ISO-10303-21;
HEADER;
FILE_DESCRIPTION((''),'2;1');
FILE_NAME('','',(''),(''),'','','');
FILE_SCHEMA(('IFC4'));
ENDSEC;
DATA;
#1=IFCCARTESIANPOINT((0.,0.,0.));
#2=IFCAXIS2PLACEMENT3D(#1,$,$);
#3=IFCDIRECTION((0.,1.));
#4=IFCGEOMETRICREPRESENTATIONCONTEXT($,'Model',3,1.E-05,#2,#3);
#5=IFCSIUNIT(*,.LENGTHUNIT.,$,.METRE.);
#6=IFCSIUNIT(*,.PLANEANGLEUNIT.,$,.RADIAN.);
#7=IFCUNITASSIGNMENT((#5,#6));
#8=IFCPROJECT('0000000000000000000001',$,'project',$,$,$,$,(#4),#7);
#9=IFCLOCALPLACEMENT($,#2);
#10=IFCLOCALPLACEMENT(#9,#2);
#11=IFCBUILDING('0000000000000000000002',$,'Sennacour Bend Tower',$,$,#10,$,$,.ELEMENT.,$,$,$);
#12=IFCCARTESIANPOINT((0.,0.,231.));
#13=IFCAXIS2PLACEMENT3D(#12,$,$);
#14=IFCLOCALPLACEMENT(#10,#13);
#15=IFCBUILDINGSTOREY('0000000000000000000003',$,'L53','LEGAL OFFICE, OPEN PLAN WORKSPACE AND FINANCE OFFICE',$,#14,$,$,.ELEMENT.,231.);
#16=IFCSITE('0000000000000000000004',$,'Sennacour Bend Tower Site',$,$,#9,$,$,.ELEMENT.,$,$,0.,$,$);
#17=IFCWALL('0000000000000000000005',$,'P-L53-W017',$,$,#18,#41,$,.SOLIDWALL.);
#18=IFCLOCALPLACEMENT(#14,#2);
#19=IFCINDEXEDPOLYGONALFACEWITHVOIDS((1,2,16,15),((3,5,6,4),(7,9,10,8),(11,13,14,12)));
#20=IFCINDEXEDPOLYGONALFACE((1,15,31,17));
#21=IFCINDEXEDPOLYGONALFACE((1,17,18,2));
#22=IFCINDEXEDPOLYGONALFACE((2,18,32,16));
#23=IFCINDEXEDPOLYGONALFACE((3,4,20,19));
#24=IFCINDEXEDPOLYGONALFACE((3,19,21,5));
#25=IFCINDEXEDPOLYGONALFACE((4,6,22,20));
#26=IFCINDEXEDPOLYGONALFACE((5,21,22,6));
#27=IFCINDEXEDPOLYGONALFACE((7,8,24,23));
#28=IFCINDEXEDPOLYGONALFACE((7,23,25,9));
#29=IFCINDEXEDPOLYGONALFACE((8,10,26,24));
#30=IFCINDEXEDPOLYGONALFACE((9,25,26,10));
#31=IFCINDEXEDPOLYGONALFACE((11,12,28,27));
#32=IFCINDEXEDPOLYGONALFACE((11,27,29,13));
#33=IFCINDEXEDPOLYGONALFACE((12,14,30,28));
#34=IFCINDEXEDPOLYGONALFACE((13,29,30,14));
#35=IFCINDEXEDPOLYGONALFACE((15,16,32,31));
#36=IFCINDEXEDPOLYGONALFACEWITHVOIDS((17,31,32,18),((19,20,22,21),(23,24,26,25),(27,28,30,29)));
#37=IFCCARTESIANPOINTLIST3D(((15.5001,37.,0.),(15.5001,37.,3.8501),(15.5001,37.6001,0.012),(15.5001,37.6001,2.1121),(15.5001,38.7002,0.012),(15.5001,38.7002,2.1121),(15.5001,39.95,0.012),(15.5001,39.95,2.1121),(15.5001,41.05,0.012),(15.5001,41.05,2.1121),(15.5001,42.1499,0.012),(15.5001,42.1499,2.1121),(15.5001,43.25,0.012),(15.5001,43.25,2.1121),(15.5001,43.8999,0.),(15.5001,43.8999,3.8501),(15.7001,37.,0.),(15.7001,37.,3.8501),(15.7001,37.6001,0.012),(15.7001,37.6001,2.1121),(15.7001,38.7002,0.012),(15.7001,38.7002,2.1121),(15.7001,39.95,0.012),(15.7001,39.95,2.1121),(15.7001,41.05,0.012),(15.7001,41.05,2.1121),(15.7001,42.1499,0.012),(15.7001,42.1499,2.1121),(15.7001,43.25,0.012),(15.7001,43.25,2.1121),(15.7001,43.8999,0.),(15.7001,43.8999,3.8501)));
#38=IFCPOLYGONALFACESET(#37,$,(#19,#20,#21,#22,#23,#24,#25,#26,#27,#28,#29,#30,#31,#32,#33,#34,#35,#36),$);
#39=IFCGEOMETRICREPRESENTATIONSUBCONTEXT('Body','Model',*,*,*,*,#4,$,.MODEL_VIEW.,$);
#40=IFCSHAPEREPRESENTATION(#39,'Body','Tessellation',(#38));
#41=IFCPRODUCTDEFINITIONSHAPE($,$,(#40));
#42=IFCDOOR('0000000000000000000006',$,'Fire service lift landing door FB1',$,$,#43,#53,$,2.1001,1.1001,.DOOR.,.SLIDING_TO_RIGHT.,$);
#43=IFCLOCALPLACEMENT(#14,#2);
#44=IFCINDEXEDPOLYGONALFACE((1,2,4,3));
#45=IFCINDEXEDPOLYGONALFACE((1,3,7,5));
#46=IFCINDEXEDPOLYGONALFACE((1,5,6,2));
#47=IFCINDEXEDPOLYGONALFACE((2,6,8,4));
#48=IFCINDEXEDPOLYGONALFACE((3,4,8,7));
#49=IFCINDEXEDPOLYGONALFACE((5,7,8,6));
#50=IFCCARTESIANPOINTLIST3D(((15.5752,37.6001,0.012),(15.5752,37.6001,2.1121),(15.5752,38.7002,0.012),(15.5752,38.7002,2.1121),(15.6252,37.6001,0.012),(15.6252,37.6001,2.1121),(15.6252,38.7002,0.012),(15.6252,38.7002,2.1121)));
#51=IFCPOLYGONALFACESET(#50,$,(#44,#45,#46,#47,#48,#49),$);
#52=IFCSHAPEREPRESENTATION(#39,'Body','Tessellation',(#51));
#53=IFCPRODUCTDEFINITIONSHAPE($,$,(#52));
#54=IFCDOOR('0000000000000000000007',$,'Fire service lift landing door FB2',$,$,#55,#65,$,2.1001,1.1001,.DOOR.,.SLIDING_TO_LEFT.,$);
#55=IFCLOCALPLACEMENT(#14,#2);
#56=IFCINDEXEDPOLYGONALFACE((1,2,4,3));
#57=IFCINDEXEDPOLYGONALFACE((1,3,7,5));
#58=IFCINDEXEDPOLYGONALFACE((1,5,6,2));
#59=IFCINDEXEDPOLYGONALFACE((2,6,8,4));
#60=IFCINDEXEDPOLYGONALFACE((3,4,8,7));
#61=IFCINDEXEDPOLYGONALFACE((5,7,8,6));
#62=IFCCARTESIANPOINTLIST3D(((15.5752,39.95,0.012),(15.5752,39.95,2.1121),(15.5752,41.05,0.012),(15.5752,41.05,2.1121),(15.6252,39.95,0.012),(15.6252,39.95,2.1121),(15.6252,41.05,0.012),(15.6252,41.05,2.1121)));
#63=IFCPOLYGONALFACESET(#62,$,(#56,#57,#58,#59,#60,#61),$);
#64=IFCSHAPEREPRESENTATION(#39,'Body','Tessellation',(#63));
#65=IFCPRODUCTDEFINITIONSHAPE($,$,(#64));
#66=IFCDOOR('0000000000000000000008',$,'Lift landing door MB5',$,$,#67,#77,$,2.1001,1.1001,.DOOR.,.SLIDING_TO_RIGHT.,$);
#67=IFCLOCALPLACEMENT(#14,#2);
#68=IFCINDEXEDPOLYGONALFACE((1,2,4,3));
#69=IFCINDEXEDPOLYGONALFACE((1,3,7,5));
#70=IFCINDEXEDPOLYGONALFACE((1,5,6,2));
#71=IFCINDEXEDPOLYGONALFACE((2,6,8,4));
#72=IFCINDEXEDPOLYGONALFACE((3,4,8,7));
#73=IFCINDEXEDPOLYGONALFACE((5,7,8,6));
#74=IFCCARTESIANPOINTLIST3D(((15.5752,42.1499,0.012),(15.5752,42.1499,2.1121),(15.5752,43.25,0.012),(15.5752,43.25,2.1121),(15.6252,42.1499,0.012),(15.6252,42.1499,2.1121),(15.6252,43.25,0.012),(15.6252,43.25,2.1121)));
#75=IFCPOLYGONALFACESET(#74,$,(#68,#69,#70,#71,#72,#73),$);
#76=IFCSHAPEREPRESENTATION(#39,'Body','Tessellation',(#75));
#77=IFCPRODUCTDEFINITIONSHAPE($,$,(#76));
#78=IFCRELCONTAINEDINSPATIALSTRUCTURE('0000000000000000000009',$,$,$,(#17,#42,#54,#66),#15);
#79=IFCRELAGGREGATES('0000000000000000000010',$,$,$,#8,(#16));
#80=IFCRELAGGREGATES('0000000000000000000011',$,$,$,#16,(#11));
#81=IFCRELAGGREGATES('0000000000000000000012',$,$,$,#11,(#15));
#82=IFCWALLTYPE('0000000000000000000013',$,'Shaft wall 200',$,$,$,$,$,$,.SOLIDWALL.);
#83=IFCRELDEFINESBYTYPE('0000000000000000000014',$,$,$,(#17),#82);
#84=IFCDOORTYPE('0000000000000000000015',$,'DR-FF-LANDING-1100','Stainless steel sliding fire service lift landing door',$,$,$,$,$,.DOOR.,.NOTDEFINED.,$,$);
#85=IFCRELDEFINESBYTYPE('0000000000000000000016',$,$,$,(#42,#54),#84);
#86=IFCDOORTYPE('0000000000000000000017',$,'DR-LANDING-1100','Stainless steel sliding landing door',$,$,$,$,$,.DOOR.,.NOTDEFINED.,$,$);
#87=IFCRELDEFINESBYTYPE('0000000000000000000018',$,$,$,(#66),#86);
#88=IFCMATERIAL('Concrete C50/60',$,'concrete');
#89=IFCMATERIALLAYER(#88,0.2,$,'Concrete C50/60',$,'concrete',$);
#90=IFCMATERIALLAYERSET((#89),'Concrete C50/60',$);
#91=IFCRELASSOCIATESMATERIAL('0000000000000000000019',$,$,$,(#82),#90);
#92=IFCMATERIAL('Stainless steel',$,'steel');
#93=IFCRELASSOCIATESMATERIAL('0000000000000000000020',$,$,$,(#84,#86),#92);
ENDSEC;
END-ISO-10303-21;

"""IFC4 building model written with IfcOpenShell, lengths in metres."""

from ifc_helpers import new_model, si_unit, direction, frame, frame_2d, origin, place, context, subcontext, project, spatial, rectangle, extrude, material, layer, layer_set, type_object, element, fill, save


model = new_model("IFC4")

# Units and contexts
model_context = context("Model", 3, precision=1e-05, world=origin(), true_north=direction((0.0, 1.0)))
body_context = subcontext(model_context, "Body", "Model", "MODEL_VIEW")
ifc_project = project(units=[si_unit("LENGTHUNIT", "METRE"), si_unit("PLANEANGLEUNIT", "RADIAN")], contexts=[model_context])

# Site, building, storey
site_placement = place(None, origin())
site = spatial("IfcSite", under=ifc_project, at=site_placement, Name="Sennacour Bend Tower Site", CompositionType="ELEMENT", RefElevation=0.0)
building_placement = place(site_placement, origin())
building = spatial("IfcBuilding", under=site, at=building_placement, Name="Sennacour Bend Tower", CompositionType="ELEMENT")
storey_placement = place(building_placement, frame((0.0, 0.0, 231.0)))
storey = spatial("IfcBuildingStorey", under=building, at=storey_placement, Name="L53", Description="LEGAL OFFICE, OPEN PLAN WORKSPACE AND FINANCE OFFICE", CompositionType="ELEMENT", Elevation=231.0)

# Wall, openings, doors
ifc_material_1 = material(Name="Concrete C50/60", Category="concrete")
ifc_layer_1 = layer(ifc_material_1, 0.2, Name="Concrete C50/60", Category="concrete")
ifc_layer_set_1 = layer_set([ifc_layer_1], Name="Concrete C50/60")
wall_type_1 = type_object("IfcWallType", Name="Shaft wall 200", PredefinedType="SOLIDWALL", material=ifc_layer_set_1)
wall_1_placement = place(storey_placement, frame((15.6001, 37.0, 0.0), z_axis=(0.0, 0.0, 1.0), x_axis=(0.0, 1.0, 0.0)))
wall_1 = element("IfcWall", 1, at=wall_1_placement, inside=storey, type_object=wall_type_1, Name="P-L53-W017", PredefinedType="SOLIDWALL", context=body_context, shape_type="SweptSolid", body=[
    extrude(rectangle(XDim=6.8999, YDim=0.2, at=frame_2d((3.45, 0.0))), origin(), (0.0, 0.0, 1.0), 3.8501),
])
opening_1_placement = place(wall_1_placement, frame((0.6001, 0.0, 0.012)))
opening_1 = element("IfcOpeningElement", 2, at=opening_1_placement, cuts=wall_1, PredefinedType="OPENING", context=body_context, shape_type="SweptSolid", body=[
    extrude(rectangle(XDim=1.1001, YDim=2.1001, at=frame_2d((0.55, 1.05))), frame((0.0, 0.1099, 0.0), z_axis=(0.0, -1.0, 0.0), x_axis=(1.0, 0.0, 0.0)), (0.0, 0.0, 1.0), 0.22),
])
opening_2_placement = place(wall_1_placement, frame((2.95, 0.0, 0.012)))
opening_2 = element("IfcOpeningElement", 3, at=opening_2_placement, cuts=wall_1, PredefinedType="OPENING", context=body_context, shape_type="SweptSolid", body=[
    extrude(rectangle(XDim=1.1001, YDim=2.1001, at=frame_2d((0.55, 1.05))), frame((0.0, 0.1099, 0.0), z_axis=(0.0, -1.0, 0.0), x_axis=(1.0, 0.0, 0.0)), (0.0, 0.0, 1.0), 0.22),
])
opening_3_placement = place(wall_1_placement, frame((5.1499, 0.0, 0.012)))
opening_3 = element("IfcOpeningElement", 4, at=opening_3_placement, cuts=wall_1, PredefinedType="OPENING", context=body_context, shape_type="SweptSolid", body=[
    extrude(rectangle(XDim=1.1001, YDim=2.1001, at=frame_2d((0.55, 1.05))), frame((0.0, 0.1099, 0.0), z_axis=(0.0, -1.0, 0.0), x_axis=(1.0, 0.0, 0.0)), (0.0, 0.0, 1.0), 0.22),
])
ifc_material_2 = material(Name="Stainless steel", Category="steel")
door_type_1 = type_object("IfcDoorType", Name="DR-FF-LANDING-1100", Description="Stainless steel sliding fire service lift landing door", OperationType="NOTDEFINED", PredefinedType="DOOR", material=ifc_material_2)
door_1_placement = place(opening_1_placement, origin())
door_1 = element("IfcDoor", 5, at=door_1_placement, inside=storey, type_object=door_type_1, Name="Fire service lift landing door FB1", OperationType="SLIDING_TO_RIGHT", OverallHeight=2.1001, OverallWidth=1.1001, PredefinedType="DOOR", context=body_context, shape_type="SweptSolid", body=[
    extrude(rectangle(XDim=1.1001, YDim=2.1001, at=frame_2d((0.55, 1.05))), frame((0.0, 0.0249, 0.0), z_axis=(0.0, -1.0, 0.0), x_axis=(1.0, 0.0, 0.0)), (0.0, 0.0, 1.0), 0.05),
])
fill(opening_1, door_1)
door_2_placement = place(opening_2_placement, origin())
door_2 = element("IfcDoor", 6, at=door_2_placement, inside=storey, type_object=door_type_1, Name="Fire service lift landing door FB2", OperationType="SLIDING_TO_LEFT", OverallHeight=2.1001, OverallWidth=1.1001, PredefinedType="DOOR", context=body_context, shape_type="SweptSolid", body=[
    extrude(rectangle(XDim=1.1001, YDim=2.1001, at=frame_2d((0.55, 1.05))), frame((0.0, 0.0249, 0.0), z_axis=(0.0, -1.0, 0.0), x_axis=(1.0, 0.0, 0.0)), (0.0, 0.0, 1.0), 0.05),
])
fill(opening_2, door_2)
door_type_2 = type_object("IfcDoorType", Name="DR-LANDING-1100", Description="Stainless steel sliding landing door", OperationType="NOTDEFINED", PredefinedType="DOOR", material=ifc_material_2)
door_3_placement = place(opening_3_placement, origin())
door_3 = element("IfcDoor", 7, at=door_3_placement, inside=storey, type_object=door_type_2, Name="Lift landing door MB5", OperationType="SLIDING_TO_RIGHT", OverallHeight=2.1001, OverallWidth=1.1001, PredefinedType="DOOR", context=body_context, shape_type="SweptSolid", body=[
    extrude(rectangle(XDim=1.1001, YDim=2.1001, at=frame_2d((0.55, 1.05))), frame((0.0, 0.0249, 0.0), z_axis=(0.0, -1.0, 0.0), x_axis=(1.0, 0.0, 0.0)), (0.0, 0.0, 1.0), 0.05),
])
fill(opening_3, door_3)

save(model, "model.ifc")
